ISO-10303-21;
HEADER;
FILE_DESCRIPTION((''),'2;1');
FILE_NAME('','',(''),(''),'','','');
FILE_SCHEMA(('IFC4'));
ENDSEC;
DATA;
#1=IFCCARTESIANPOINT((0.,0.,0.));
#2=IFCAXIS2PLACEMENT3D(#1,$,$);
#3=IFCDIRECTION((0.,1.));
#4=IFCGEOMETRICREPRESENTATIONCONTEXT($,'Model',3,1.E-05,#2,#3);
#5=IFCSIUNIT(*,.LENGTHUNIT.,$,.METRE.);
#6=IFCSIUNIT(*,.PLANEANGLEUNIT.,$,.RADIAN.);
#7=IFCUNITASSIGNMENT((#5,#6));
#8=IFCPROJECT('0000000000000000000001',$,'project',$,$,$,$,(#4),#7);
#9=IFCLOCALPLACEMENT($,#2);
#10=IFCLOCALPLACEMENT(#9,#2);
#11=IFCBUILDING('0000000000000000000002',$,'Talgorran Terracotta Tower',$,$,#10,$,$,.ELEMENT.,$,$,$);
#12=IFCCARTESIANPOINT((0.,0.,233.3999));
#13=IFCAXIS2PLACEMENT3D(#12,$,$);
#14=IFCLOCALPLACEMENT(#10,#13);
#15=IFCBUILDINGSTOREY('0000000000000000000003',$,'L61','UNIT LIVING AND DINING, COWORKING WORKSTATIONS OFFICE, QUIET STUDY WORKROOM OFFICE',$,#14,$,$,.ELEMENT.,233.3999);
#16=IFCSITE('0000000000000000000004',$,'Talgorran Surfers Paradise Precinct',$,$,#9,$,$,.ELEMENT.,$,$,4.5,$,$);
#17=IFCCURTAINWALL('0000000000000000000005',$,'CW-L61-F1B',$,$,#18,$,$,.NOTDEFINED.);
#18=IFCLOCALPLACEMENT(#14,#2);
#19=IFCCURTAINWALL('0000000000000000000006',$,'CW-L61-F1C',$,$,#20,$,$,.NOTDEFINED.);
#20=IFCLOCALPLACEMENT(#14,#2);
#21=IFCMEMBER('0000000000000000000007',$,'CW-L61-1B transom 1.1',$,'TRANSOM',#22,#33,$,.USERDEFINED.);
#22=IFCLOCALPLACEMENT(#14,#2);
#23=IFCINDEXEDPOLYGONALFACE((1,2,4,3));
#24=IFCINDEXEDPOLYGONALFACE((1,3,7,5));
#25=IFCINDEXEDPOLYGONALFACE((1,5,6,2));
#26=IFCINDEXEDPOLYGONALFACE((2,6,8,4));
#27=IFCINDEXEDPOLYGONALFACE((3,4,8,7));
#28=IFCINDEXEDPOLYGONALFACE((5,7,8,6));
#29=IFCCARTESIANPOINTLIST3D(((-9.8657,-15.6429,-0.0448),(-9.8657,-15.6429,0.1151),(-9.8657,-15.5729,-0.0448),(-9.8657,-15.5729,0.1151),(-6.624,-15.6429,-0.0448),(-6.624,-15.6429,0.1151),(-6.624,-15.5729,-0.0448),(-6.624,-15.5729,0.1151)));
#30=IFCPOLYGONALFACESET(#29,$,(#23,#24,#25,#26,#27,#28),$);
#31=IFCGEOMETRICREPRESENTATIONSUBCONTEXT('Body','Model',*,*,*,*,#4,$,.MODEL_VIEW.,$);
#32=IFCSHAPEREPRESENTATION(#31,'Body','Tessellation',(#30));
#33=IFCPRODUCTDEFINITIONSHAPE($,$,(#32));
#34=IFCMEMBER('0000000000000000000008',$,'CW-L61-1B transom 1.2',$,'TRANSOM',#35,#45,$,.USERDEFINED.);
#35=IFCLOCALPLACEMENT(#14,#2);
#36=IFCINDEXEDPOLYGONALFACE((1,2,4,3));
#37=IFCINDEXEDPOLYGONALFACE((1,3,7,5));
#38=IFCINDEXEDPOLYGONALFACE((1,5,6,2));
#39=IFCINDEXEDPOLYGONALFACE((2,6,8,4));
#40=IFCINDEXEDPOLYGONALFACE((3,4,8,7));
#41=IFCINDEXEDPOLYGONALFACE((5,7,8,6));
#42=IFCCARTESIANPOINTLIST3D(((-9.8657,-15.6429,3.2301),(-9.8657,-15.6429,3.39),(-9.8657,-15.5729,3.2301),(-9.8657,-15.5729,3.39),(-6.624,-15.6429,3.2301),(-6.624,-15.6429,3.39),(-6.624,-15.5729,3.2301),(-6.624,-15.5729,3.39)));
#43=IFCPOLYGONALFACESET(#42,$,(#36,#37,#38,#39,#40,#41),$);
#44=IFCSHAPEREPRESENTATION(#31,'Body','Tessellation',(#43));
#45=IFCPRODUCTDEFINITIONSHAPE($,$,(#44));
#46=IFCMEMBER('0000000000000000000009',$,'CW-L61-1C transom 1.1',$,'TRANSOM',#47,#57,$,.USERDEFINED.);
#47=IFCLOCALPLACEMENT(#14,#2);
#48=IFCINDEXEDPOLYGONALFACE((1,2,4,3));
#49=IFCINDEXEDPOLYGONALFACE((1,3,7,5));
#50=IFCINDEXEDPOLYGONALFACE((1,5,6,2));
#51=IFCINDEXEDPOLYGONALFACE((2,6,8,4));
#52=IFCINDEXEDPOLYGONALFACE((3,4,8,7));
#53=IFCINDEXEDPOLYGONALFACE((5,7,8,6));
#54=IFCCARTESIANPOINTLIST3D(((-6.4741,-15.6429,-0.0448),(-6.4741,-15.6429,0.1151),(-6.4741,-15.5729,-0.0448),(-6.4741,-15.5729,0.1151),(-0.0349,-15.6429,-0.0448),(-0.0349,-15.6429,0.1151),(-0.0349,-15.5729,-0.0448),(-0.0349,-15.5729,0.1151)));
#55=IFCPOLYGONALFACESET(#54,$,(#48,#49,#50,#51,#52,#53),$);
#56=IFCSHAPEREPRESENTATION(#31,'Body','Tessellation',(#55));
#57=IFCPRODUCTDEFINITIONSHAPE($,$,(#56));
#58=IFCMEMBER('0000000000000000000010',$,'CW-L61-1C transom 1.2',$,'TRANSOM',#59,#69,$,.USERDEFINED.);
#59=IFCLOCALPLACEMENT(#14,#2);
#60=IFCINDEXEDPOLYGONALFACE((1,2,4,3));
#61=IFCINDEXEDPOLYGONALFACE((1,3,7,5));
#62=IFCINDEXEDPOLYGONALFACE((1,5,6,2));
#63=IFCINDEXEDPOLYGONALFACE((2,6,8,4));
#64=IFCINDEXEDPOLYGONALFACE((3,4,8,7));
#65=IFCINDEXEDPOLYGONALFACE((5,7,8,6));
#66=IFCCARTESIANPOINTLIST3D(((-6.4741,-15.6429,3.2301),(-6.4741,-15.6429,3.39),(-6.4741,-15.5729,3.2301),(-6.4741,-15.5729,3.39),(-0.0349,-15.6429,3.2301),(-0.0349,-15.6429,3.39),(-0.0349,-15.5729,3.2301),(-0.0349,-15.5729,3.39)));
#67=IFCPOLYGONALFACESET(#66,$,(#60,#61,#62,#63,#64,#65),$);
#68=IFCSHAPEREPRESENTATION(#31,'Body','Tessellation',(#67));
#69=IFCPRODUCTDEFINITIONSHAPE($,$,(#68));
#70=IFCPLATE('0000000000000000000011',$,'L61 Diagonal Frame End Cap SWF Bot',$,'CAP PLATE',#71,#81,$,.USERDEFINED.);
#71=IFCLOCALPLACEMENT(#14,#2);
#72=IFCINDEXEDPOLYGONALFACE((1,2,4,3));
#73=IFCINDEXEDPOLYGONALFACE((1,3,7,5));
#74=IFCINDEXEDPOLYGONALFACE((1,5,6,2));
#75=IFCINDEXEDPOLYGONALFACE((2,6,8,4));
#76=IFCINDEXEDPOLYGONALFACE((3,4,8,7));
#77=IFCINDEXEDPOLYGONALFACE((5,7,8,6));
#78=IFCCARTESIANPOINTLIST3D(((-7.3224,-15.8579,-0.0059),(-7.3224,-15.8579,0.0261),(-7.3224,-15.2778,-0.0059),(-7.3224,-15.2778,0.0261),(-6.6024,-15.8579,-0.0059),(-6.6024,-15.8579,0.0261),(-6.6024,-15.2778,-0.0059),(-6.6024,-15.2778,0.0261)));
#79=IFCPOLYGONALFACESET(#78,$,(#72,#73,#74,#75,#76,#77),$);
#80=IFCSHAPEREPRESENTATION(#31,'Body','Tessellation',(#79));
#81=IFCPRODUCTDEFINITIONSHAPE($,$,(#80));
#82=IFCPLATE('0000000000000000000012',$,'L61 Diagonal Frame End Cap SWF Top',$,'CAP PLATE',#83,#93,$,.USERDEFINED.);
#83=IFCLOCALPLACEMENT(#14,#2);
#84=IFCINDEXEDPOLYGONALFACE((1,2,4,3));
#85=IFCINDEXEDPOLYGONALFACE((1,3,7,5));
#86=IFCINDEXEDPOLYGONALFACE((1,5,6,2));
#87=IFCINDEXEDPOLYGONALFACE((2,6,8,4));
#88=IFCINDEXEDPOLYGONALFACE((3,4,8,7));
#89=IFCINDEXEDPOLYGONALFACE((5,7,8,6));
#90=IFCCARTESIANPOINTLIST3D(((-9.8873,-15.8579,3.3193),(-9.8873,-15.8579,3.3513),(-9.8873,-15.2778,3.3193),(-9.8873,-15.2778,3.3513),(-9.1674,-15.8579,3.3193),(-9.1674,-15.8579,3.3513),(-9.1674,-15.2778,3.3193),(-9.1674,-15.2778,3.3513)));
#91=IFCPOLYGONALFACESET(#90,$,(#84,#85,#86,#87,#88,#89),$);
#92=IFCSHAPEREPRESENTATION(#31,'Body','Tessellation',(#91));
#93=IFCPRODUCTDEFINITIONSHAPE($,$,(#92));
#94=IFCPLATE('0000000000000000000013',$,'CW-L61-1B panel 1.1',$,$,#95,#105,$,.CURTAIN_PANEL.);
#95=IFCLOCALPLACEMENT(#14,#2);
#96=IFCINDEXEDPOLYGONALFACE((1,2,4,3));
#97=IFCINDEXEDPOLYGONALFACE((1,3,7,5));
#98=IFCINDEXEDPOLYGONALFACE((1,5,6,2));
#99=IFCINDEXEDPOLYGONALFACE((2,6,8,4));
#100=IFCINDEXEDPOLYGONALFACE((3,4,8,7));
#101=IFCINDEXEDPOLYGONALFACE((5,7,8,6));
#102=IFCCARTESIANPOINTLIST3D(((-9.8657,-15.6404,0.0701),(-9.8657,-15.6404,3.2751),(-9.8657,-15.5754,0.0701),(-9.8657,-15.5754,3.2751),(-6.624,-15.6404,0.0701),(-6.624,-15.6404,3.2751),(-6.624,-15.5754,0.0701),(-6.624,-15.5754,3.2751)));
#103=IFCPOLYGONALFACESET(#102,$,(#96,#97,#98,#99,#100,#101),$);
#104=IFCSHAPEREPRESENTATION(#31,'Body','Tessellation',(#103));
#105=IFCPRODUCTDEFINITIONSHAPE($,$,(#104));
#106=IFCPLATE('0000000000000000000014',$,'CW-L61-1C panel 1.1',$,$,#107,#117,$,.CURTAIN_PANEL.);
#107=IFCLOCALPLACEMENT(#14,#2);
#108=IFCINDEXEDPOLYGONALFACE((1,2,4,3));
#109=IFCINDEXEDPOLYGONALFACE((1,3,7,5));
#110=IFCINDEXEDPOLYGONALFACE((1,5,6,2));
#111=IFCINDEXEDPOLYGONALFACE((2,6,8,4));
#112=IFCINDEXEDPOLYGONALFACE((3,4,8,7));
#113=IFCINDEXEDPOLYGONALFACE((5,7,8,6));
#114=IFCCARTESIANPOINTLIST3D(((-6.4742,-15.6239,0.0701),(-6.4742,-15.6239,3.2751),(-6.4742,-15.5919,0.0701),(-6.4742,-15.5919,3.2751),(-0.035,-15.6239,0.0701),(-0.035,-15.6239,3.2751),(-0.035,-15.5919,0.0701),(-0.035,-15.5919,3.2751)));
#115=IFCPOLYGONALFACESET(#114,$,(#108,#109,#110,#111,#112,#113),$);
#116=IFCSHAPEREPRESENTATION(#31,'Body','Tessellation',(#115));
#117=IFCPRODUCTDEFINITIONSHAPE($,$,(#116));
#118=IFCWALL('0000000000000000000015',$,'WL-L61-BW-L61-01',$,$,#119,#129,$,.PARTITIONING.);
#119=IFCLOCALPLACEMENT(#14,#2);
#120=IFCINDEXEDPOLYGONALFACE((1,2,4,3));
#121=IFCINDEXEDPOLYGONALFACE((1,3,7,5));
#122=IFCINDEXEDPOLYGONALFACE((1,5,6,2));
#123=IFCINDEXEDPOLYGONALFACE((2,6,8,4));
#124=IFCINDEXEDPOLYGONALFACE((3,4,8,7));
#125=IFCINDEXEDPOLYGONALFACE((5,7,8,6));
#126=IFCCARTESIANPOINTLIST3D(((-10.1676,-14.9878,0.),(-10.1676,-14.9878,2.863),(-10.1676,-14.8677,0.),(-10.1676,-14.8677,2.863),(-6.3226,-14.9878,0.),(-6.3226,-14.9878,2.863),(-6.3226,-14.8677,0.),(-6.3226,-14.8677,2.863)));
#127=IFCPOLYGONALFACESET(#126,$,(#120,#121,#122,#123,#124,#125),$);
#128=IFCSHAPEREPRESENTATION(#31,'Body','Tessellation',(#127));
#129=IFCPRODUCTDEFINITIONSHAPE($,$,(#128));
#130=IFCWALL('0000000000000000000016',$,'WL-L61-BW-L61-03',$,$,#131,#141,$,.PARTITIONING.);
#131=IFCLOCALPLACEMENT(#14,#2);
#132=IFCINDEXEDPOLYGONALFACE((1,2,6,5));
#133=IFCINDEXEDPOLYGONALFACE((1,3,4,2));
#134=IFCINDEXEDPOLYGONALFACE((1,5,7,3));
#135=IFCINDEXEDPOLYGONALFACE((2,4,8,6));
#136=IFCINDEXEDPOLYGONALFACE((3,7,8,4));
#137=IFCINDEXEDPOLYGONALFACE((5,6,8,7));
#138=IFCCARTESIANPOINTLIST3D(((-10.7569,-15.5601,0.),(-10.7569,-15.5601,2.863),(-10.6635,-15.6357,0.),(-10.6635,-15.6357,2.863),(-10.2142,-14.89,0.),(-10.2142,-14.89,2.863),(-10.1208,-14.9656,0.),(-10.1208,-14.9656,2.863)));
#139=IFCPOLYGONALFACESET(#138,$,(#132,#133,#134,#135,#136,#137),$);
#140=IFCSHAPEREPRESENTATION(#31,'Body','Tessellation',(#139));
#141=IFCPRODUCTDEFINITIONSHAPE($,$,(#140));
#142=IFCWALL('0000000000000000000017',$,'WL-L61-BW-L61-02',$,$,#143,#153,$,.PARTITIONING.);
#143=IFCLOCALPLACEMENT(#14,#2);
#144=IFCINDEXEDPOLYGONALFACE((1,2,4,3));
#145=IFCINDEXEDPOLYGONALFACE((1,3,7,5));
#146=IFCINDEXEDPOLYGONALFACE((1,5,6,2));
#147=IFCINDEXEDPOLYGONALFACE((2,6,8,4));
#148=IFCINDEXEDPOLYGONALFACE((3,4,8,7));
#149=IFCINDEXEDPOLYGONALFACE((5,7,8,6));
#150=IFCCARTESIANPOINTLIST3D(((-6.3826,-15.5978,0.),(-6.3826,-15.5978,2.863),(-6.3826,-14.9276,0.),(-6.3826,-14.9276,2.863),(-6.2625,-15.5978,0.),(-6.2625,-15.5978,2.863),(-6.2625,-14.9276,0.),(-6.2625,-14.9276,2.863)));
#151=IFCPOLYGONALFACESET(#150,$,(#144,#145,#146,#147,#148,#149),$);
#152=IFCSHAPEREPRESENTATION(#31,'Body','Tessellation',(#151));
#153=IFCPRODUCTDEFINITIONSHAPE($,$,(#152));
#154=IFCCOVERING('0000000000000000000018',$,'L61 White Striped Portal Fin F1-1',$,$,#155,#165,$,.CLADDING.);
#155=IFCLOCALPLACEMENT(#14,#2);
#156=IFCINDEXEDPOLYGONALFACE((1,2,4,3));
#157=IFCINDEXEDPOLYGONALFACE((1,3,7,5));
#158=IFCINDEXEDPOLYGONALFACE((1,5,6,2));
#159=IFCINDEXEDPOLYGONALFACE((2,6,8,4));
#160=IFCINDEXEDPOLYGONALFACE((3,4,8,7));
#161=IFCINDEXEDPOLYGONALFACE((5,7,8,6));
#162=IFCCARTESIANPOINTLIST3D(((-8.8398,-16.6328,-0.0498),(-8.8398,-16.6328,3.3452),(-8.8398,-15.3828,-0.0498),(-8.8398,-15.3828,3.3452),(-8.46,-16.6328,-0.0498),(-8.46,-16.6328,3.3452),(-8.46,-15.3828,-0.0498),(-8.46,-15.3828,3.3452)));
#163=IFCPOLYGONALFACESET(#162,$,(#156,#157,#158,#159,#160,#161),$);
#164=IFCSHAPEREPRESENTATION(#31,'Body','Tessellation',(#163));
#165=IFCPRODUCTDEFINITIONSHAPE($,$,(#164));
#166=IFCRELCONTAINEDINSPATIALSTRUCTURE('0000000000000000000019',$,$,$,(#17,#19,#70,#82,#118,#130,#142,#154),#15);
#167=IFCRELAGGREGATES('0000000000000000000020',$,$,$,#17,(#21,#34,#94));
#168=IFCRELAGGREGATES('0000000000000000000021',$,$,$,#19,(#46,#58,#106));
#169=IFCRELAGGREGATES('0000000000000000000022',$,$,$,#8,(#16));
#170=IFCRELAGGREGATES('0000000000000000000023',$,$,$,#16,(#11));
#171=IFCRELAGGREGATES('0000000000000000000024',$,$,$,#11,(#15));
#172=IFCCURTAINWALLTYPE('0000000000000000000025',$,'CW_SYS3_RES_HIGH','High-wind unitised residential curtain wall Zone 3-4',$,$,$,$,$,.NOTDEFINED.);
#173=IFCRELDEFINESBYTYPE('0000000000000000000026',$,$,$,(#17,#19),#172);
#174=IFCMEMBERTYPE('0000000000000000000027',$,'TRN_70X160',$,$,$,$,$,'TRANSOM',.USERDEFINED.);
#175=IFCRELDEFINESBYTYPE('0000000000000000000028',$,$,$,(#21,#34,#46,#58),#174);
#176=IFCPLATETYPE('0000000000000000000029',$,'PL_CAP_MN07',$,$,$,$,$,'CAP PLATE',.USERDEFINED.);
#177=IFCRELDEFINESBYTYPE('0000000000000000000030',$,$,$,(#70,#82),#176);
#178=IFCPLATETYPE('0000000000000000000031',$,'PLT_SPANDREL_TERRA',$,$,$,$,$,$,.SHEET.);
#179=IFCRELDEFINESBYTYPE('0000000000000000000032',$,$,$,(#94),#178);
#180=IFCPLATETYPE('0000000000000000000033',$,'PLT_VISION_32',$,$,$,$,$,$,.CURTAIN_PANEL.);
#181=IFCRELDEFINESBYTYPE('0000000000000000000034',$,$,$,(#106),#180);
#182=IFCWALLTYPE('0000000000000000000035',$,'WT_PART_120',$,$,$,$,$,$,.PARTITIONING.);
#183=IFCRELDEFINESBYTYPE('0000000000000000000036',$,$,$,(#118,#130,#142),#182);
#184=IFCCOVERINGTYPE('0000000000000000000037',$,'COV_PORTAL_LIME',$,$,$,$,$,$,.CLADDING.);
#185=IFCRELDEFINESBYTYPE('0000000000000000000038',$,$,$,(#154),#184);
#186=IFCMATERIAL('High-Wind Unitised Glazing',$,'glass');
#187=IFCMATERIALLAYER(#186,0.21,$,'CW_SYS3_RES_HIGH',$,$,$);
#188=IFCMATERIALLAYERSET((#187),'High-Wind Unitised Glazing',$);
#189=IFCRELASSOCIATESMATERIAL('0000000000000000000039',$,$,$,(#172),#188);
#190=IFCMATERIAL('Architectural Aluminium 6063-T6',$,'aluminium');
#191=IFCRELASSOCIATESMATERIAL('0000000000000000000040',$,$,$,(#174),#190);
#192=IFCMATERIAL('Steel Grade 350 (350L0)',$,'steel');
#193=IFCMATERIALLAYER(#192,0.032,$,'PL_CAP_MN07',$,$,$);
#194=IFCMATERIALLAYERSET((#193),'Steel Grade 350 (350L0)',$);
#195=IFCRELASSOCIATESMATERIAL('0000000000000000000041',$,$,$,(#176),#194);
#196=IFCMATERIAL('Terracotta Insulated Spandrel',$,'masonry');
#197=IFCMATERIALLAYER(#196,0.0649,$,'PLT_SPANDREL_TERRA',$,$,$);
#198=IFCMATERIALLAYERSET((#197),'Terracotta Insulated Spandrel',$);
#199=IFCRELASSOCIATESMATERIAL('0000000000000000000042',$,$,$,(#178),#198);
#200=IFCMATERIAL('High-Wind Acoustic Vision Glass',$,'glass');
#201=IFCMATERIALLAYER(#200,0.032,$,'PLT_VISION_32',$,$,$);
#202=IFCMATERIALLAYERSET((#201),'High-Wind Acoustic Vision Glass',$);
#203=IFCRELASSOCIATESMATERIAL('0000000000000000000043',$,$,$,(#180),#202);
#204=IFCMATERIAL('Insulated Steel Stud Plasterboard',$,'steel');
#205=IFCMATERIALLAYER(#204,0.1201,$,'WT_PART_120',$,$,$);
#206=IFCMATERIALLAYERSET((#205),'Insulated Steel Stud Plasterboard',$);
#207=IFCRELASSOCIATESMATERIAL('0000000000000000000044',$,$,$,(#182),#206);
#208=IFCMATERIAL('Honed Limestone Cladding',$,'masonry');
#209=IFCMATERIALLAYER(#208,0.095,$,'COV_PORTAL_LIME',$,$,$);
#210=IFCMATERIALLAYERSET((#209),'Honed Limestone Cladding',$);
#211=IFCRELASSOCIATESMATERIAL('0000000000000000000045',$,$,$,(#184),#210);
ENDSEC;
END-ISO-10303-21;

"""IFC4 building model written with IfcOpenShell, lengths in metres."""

from ifc_helpers import new_model, si_unit, direction, frame, frame_2d, origin, origin_2d, place, context, subcontext, project, spatial, rectangle, extrude, source, transform, mapped, material, layer, layer_set, material_profile, profile_set, type_object, type_shapes, element, aggregate, save


model = new_model("IFC4")

# Units and contexts
model_context = context("Model", 3, precision=1e-05, world=origin(), true_north=direction((0.0, 1.0)))
body_context = subcontext(model_context, "Body", "Model", "MODEL_VIEW")
ifc_project = project(units=[si_unit("LENGTHUNIT", "METRE"), si_unit("PLANEANGLEUNIT", "RADIAN")], contexts=[model_context])

# Site, building, storey
site_placement = place(None, origin())
site = spatial("IfcSite", under=ifc_project, at=site_placement, Name="Talgorran Surfers Paradise Precinct", CompositionType="ELEMENT", RefElevation=4.5)
building_placement = place(site_placement, origin())
building = spatial("IfcBuilding", under=site, at=building_placement, Name="Talgorran Terracotta Tower", CompositionType="ELEMENT")
storey_placement = place(building_placement, frame((0.0, 0.0, 233.3999)))
storey = spatial("IfcBuildingStorey", under=building, at=storey_placement, Name="L61", Description="UNIT LIVING AND DINING, COWORKING WORKSTATIONS OFFICE, QUIET STUDY WORKROOM OFFICE", CompositionType="ELEMENT", Elevation=233.3999)

# Shared definitions
ifc_material_1 = material(Name="Steel Grade 350 (350L0)", Category="steel")

# Shared definitions
ifc_material_2 = material(Name="High-Wind Unitised Glazing", Category="glass")
ifc_layer_1 = layer(ifc_material_2, 0.21, Name="CW_SYS3_RES_HIGH")
ifc_layer_set_1 = layer_set([ifc_layer_1], Name="High-Wind Unitised Glazing")
curtain_wall_type = type_object("IfcCurtainWallType", Name="CW_SYS3_RES_HIGH", Description="High-wind unitised residential curtain wall Zone 3-4", PredefinedType="NOTDEFINED", material=ifc_layer_set_1)
ifc_material_3 = material(Name="Architectural Aluminium 6063-T6", Category="aluminium")

# Curtain wall
curtain_wall_1_placement = place(storey_placement, origin())
curtain_wall_1 = element("IfcCurtainWall", 1, at=curtain_wall_1_placement, inside=storey, type_object=curtain_wall_type, Name="CW-L61-F1B", PredefinedType="NOTDEFINED")

# Curtain wall
curtain_wall_2_placement = place(storey_placement, origin())
curtain_wall_2 = element("IfcCurtainWall", 2, at=curtain_wall_2_placement, inside=storey, type_object=curtain_wall_type, Name="CW-L61-F1C", PredefinedType="NOTDEFINED")

# Members
ifc_material_profile_1 = material_profile(ifc_material_3, rectangle(XDim=0.0701, YDim=0.1599, at=origin_2d()), Name="CWT70X160")
ifc_profile_set_1 = profile_set([ifc_material_profile_1], Name="Architectural Aluminium 6063-T6")
member_type_1 = type_object("IfcMemberType", Name="TRN_70X160", ElementType="TRANSOM", PredefinedType="USERDEFINED", material=ifc_profile_set_1)
member_1_placement = place(storey_placement, frame((-9.8657, -15.6079, 0.0352), z_axis=(1.0, 0.0, 0.0), x_axis=(0.0, 1.0, 0.0)))
member_1 = element("IfcMember", 3, at=member_1_placement, type_object=member_type_1, Name="CW-L61-1B transom 1.1", ObjectType="TRANSOM", PredefinedType="USERDEFINED", context=body_context, shape_type="SweptSolid", body=[
    extrude(rectangle(XDim=0.0701, YDim=0.1599, at=origin_2d()), origin(), (0.0, 0.0, 1.0), 3.2417),
])
member_2_placement = place(storey_placement, frame((-9.8657, -15.6079, 3.3101), z_axis=(1.0, 0.0, 0.0), x_axis=(0.0, 1.0, 0.0)))
member_2 = element("IfcMember", 4, at=member_2_placement, type_object=member_type_1, Name="CW-L61-1B transom 1.2", ObjectType="TRANSOM", PredefinedType="USERDEFINED", context=body_context, shape_type="SweptSolid", body=[
    extrude(rectangle(XDim=0.0701, YDim=0.1599, at=origin_2d()), origin(), (0.0, 0.0, 1.0), 3.2417),
])
member_3_placement = place(storey_placement, frame((-6.4741, -15.6079, 0.0352), z_axis=(1.0, 0.0, 0.0), x_axis=(0.0, 1.0, 0.0)))
member_3 = element("IfcMember", 5, at=member_3_placement, type_object=member_type_1, Name="CW-L61-1C transom 1.1", ObjectType="TRANSOM", PredefinedType="USERDEFINED", context=body_context, shape_type="SweptSolid", body=[
    extrude(rectangle(XDim=0.0701, YDim=0.1599, at=origin_2d()), origin(), (0.0, 0.0, 1.0), 6.4392),
])
member_4_placement = place(storey_placement, frame((-6.4741, -15.6079, 3.3101), z_axis=(1.0, 0.0, 0.0), x_axis=(0.0, 1.0, 0.0)))
member_4 = element("IfcMember", 6, at=member_4_placement, type_object=member_type_1, Name="CW-L61-1C transom 1.2", ObjectType="TRANSOM", PredefinedType="USERDEFINED", context=body_context, shape_type="SweptSolid", body=[
    extrude(rectangle(XDim=0.0701, YDim=0.1599, at=origin_2d()), origin(), (0.0, 0.0, 1.0), 6.4392),
])

# Plates
ifc_layer_2 = layer(ifc_material_1, 0.032, Name="PL_CAP_MN07")
ifc_layer_set_2 = layer_set([ifc_layer_2], Name="Steel Grade 350 (350L0)")
plate_type_1 = type_object("IfcPlateType", Name="PL_CAP_MN07", ElementType="CAP PLATE", PredefinedType="USERDEFINED", material=ifc_layer_set_2)
for number, where, z_axis, x_axis, name in (
    (7, (-6.9624, -15.5679, -0.0059), (0.0, 0.0, 1.0), (-1.0, 0.0, 0.0), "L61 Diagonal Frame End Cap SWF Bot"),
    (8, (-9.5273, -15.5679, 3.3193), (0.0, 0.0, 1.0), (-1.0, 0.0, 0.0), "L61 Diagonal Frame End Cap SWF Top"),
):
    element("IfcPlate", number, at=place(storey_placement, frame(where, z_axis=z_axis, x_axis=x_axis)), inside=storey, type_object=plate_type_1, Name=name, ObjectType="CAP PLATE", PredefinedType="USERDEFINED", context=body_context, shape_type="SweptSolid", body=[
        extrude(rectangle(XDim=0.72, YDim=0.5801, at=origin_2d()), origin(), (0.0, 0.0, 1.0), 0.032),
    ])

# Plates
ifc_material_4 = material(Name="Terracotta Insulated Spandrel", Category="masonry")
ifc_layer_3 = layer(ifc_material_4, 0.0649, Name="PLT_SPANDREL_TERRA")
ifc_layer_set_3 = layer_set([ifc_layer_3], Name="Terracotta Insulated Spandrel")
plate_type_2 = type_object("IfcPlateType", Name="PLT_SPANDREL_TERRA", PredefinedType="SHEET", material=ifc_layer_set_3)
shared_shape_1 = source(origin(), body_context, "Body", "SweptSolid", [
    extrude(rectangle(XDim=3.2417, YDim=0.0649, at=origin_2d()), origin(), (0.0, 0.0, 1.0), 3.2051),
])
type_shapes(plate_type_2, [shared_shape_1])
plate_1_placement = place(storey_placement, frame((-8.2449, -15.6079, 0.0701), z_axis=(0.0, 0.0, 1.0), x_axis=(1.0, 0.0, 0.0)))
plate_1 = element("IfcPlate", 9, at=plate_1_placement, type_object=plate_type_2, Name="CW-L61-1B panel 1.1", PredefinedType="CURTAIN_PANEL", context=body_context, shape_type="MappedRepresentation", body=[
    mapped(shared_shape_1, transform((0.0, 0.0, 0.0), scale=1.0)),
])
aggregate(curtain_wall_1, [member_1, member_2, plate_1])
ifc_material_5 = material(Name="High-Wind Acoustic Vision Glass", Category="glass")
ifc_layer_4 = layer(ifc_material_5, 0.032, Name="PLT_VISION_32")
ifc_layer_set_4 = layer_set([ifc_layer_4], Name="High-Wind Acoustic Vision Glass")
plate_type_3 = type_object("IfcPlateType", Name="PLT_VISION_32", PredefinedType="CURTAIN_PANEL", material=ifc_layer_set_4)
shared_shape_2 = source(origin(), body_context, "Body", "SweptSolid", [
    extrude(rectangle(XDim=6.4392, YDim=0.032, at=origin_2d()), origin(), (0.0, 0.0, 1.0), 3.2051),
])
type_shapes(plate_type_3, [shared_shape_2])
plate_2_placement = place(storey_placement, frame((-3.2546, -15.6079, 0.0701), z_axis=(0.0, 0.0, 1.0), x_axis=(1.0, 0.0, 0.0)))
plate_2 = element("IfcPlate", 10, at=plate_2_placement, type_object=plate_type_3, Name="CW-L61-1C panel 1.1", PredefinedType="CURTAIN_PANEL", context=body_context, shape_type="MappedRepresentation", body=[
    mapped(shared_shape_2, transform((0.0, 0.0, 0.0), scale=1.0)),
])
aggregate(curtain_wall_2, [member_3, member_4, plate_2])

# Walls
ifc_material_6 = material(Name="Insulated Steel Stud Plasterboard", Category="steel")
ifc_layer_5 = layer(ifc_material_6, 0.1201, Name="WT_PART_120")
ifc_layer_set_5 = layer_set([ifc_layer_5], Name="Insulated Steel Stud Plasterboard")
wall_type = type_object("IfcWallType", Name="WT_PART_120", PredefinedType="PARTITIONING", material=ifc_layer_set_5)
wall_1_placement = place(storey_placement, frame((-10.1675, -14.9277, 0.0), z_axis=(0.0, 0.0, 1.0), x_axis=(1.0, 0.0, 0.0)))
element("IfcWall", 11, at=wall_1_placement, inside=storey, type_object=wall_type, Name="WL-L61-BW-L61-01", PredefinedType="PARTITIONING", context=body_context, shape_type="SweptSolid", body=[
    extrude(rectangle(XDim=3.845, YDim=0.1201, at=frame_2d((1.9224, 0.0))), origin(), (0.0, 0.0, 1.0), 2.863),
])
wall_2_placement = place(storey_placement, frame((-10.7102, -15.5979, 0.0), z_axis=(0.0, 0.0, 1.0), x_axis=(0.629345, 0.777126, 0.0)))
element("IfcWall", 12, at=wall_2_placement, inside=storey, type_object=wall_type, Name="WL-L61-BW-L61-03", PredefinedType="PARTITIONING", context=body_context, shape_type="SweptSolid", body=[
    extrude(rectangle(XDim=0.8623, YDim=0.1201, at=frame_2d((0.4312, 0.0))), origin(), (0.0, 0.0, 1.0), 2.863),
])
wall_3_placement = place(storey_placement, frame((-6.3225, -14.9277, 0.0), z_axis=(0.0, 0.0, 1.0), x_axis=(0.0, -1.0, 0.0)))
element("IfcWall", 13, at=wall_3_placement, inside=storey, type_object=wall_type, Name="WL-L61-BW-L61-02", PredefinedType="PARTITIONING", context=body_context, shape_type="SweptSolid", body=[
    extrude(rectangle(XDim=0.6702, YDim=0.1201, at=frame_2d((0.335, 0.0))), origin(), (0.0, 0.0, 1.0), 2.863),
])

# Covering
ifc_material_7 = material(Name="Honed Limestone Cladding", Category="masonry")
ifc_layer_6 = layer(ifc_material_7, 0.095, Name="COV_PORTAL_LIME")
ifc_layer_set_6 = layer_set([ifc_layer_6], Name="Honed Limestone Cladding")
covering_type = type_object("IfcCoveringType", Name="COV_PORTAL_LIME", PredefinedType="CLADDING", material=ifc_layer_set_6)
covering_placement = place(storey_placement, frame((-8.6499, -16.0078, -0.0498), z_axis=(0.0, 0.0, 1.0), x_axis=(1.0, 0.0, 0.0)))
element("IfcCovering", 14, at=covering_placement, inside=storey, type_object=covering_type, Name="L61 White Striped Portal Fin F1-1", PredefinedType="CLADDING", context=body_context, shape_type="SweptSolid", body=[
    extrude(rectangle(XDim=0.3799, YDim=1.25, at=origin_2d()), origin(), (0.0, 0.0, 1.0), 3.395),
])

save(model, "model.ifc")
